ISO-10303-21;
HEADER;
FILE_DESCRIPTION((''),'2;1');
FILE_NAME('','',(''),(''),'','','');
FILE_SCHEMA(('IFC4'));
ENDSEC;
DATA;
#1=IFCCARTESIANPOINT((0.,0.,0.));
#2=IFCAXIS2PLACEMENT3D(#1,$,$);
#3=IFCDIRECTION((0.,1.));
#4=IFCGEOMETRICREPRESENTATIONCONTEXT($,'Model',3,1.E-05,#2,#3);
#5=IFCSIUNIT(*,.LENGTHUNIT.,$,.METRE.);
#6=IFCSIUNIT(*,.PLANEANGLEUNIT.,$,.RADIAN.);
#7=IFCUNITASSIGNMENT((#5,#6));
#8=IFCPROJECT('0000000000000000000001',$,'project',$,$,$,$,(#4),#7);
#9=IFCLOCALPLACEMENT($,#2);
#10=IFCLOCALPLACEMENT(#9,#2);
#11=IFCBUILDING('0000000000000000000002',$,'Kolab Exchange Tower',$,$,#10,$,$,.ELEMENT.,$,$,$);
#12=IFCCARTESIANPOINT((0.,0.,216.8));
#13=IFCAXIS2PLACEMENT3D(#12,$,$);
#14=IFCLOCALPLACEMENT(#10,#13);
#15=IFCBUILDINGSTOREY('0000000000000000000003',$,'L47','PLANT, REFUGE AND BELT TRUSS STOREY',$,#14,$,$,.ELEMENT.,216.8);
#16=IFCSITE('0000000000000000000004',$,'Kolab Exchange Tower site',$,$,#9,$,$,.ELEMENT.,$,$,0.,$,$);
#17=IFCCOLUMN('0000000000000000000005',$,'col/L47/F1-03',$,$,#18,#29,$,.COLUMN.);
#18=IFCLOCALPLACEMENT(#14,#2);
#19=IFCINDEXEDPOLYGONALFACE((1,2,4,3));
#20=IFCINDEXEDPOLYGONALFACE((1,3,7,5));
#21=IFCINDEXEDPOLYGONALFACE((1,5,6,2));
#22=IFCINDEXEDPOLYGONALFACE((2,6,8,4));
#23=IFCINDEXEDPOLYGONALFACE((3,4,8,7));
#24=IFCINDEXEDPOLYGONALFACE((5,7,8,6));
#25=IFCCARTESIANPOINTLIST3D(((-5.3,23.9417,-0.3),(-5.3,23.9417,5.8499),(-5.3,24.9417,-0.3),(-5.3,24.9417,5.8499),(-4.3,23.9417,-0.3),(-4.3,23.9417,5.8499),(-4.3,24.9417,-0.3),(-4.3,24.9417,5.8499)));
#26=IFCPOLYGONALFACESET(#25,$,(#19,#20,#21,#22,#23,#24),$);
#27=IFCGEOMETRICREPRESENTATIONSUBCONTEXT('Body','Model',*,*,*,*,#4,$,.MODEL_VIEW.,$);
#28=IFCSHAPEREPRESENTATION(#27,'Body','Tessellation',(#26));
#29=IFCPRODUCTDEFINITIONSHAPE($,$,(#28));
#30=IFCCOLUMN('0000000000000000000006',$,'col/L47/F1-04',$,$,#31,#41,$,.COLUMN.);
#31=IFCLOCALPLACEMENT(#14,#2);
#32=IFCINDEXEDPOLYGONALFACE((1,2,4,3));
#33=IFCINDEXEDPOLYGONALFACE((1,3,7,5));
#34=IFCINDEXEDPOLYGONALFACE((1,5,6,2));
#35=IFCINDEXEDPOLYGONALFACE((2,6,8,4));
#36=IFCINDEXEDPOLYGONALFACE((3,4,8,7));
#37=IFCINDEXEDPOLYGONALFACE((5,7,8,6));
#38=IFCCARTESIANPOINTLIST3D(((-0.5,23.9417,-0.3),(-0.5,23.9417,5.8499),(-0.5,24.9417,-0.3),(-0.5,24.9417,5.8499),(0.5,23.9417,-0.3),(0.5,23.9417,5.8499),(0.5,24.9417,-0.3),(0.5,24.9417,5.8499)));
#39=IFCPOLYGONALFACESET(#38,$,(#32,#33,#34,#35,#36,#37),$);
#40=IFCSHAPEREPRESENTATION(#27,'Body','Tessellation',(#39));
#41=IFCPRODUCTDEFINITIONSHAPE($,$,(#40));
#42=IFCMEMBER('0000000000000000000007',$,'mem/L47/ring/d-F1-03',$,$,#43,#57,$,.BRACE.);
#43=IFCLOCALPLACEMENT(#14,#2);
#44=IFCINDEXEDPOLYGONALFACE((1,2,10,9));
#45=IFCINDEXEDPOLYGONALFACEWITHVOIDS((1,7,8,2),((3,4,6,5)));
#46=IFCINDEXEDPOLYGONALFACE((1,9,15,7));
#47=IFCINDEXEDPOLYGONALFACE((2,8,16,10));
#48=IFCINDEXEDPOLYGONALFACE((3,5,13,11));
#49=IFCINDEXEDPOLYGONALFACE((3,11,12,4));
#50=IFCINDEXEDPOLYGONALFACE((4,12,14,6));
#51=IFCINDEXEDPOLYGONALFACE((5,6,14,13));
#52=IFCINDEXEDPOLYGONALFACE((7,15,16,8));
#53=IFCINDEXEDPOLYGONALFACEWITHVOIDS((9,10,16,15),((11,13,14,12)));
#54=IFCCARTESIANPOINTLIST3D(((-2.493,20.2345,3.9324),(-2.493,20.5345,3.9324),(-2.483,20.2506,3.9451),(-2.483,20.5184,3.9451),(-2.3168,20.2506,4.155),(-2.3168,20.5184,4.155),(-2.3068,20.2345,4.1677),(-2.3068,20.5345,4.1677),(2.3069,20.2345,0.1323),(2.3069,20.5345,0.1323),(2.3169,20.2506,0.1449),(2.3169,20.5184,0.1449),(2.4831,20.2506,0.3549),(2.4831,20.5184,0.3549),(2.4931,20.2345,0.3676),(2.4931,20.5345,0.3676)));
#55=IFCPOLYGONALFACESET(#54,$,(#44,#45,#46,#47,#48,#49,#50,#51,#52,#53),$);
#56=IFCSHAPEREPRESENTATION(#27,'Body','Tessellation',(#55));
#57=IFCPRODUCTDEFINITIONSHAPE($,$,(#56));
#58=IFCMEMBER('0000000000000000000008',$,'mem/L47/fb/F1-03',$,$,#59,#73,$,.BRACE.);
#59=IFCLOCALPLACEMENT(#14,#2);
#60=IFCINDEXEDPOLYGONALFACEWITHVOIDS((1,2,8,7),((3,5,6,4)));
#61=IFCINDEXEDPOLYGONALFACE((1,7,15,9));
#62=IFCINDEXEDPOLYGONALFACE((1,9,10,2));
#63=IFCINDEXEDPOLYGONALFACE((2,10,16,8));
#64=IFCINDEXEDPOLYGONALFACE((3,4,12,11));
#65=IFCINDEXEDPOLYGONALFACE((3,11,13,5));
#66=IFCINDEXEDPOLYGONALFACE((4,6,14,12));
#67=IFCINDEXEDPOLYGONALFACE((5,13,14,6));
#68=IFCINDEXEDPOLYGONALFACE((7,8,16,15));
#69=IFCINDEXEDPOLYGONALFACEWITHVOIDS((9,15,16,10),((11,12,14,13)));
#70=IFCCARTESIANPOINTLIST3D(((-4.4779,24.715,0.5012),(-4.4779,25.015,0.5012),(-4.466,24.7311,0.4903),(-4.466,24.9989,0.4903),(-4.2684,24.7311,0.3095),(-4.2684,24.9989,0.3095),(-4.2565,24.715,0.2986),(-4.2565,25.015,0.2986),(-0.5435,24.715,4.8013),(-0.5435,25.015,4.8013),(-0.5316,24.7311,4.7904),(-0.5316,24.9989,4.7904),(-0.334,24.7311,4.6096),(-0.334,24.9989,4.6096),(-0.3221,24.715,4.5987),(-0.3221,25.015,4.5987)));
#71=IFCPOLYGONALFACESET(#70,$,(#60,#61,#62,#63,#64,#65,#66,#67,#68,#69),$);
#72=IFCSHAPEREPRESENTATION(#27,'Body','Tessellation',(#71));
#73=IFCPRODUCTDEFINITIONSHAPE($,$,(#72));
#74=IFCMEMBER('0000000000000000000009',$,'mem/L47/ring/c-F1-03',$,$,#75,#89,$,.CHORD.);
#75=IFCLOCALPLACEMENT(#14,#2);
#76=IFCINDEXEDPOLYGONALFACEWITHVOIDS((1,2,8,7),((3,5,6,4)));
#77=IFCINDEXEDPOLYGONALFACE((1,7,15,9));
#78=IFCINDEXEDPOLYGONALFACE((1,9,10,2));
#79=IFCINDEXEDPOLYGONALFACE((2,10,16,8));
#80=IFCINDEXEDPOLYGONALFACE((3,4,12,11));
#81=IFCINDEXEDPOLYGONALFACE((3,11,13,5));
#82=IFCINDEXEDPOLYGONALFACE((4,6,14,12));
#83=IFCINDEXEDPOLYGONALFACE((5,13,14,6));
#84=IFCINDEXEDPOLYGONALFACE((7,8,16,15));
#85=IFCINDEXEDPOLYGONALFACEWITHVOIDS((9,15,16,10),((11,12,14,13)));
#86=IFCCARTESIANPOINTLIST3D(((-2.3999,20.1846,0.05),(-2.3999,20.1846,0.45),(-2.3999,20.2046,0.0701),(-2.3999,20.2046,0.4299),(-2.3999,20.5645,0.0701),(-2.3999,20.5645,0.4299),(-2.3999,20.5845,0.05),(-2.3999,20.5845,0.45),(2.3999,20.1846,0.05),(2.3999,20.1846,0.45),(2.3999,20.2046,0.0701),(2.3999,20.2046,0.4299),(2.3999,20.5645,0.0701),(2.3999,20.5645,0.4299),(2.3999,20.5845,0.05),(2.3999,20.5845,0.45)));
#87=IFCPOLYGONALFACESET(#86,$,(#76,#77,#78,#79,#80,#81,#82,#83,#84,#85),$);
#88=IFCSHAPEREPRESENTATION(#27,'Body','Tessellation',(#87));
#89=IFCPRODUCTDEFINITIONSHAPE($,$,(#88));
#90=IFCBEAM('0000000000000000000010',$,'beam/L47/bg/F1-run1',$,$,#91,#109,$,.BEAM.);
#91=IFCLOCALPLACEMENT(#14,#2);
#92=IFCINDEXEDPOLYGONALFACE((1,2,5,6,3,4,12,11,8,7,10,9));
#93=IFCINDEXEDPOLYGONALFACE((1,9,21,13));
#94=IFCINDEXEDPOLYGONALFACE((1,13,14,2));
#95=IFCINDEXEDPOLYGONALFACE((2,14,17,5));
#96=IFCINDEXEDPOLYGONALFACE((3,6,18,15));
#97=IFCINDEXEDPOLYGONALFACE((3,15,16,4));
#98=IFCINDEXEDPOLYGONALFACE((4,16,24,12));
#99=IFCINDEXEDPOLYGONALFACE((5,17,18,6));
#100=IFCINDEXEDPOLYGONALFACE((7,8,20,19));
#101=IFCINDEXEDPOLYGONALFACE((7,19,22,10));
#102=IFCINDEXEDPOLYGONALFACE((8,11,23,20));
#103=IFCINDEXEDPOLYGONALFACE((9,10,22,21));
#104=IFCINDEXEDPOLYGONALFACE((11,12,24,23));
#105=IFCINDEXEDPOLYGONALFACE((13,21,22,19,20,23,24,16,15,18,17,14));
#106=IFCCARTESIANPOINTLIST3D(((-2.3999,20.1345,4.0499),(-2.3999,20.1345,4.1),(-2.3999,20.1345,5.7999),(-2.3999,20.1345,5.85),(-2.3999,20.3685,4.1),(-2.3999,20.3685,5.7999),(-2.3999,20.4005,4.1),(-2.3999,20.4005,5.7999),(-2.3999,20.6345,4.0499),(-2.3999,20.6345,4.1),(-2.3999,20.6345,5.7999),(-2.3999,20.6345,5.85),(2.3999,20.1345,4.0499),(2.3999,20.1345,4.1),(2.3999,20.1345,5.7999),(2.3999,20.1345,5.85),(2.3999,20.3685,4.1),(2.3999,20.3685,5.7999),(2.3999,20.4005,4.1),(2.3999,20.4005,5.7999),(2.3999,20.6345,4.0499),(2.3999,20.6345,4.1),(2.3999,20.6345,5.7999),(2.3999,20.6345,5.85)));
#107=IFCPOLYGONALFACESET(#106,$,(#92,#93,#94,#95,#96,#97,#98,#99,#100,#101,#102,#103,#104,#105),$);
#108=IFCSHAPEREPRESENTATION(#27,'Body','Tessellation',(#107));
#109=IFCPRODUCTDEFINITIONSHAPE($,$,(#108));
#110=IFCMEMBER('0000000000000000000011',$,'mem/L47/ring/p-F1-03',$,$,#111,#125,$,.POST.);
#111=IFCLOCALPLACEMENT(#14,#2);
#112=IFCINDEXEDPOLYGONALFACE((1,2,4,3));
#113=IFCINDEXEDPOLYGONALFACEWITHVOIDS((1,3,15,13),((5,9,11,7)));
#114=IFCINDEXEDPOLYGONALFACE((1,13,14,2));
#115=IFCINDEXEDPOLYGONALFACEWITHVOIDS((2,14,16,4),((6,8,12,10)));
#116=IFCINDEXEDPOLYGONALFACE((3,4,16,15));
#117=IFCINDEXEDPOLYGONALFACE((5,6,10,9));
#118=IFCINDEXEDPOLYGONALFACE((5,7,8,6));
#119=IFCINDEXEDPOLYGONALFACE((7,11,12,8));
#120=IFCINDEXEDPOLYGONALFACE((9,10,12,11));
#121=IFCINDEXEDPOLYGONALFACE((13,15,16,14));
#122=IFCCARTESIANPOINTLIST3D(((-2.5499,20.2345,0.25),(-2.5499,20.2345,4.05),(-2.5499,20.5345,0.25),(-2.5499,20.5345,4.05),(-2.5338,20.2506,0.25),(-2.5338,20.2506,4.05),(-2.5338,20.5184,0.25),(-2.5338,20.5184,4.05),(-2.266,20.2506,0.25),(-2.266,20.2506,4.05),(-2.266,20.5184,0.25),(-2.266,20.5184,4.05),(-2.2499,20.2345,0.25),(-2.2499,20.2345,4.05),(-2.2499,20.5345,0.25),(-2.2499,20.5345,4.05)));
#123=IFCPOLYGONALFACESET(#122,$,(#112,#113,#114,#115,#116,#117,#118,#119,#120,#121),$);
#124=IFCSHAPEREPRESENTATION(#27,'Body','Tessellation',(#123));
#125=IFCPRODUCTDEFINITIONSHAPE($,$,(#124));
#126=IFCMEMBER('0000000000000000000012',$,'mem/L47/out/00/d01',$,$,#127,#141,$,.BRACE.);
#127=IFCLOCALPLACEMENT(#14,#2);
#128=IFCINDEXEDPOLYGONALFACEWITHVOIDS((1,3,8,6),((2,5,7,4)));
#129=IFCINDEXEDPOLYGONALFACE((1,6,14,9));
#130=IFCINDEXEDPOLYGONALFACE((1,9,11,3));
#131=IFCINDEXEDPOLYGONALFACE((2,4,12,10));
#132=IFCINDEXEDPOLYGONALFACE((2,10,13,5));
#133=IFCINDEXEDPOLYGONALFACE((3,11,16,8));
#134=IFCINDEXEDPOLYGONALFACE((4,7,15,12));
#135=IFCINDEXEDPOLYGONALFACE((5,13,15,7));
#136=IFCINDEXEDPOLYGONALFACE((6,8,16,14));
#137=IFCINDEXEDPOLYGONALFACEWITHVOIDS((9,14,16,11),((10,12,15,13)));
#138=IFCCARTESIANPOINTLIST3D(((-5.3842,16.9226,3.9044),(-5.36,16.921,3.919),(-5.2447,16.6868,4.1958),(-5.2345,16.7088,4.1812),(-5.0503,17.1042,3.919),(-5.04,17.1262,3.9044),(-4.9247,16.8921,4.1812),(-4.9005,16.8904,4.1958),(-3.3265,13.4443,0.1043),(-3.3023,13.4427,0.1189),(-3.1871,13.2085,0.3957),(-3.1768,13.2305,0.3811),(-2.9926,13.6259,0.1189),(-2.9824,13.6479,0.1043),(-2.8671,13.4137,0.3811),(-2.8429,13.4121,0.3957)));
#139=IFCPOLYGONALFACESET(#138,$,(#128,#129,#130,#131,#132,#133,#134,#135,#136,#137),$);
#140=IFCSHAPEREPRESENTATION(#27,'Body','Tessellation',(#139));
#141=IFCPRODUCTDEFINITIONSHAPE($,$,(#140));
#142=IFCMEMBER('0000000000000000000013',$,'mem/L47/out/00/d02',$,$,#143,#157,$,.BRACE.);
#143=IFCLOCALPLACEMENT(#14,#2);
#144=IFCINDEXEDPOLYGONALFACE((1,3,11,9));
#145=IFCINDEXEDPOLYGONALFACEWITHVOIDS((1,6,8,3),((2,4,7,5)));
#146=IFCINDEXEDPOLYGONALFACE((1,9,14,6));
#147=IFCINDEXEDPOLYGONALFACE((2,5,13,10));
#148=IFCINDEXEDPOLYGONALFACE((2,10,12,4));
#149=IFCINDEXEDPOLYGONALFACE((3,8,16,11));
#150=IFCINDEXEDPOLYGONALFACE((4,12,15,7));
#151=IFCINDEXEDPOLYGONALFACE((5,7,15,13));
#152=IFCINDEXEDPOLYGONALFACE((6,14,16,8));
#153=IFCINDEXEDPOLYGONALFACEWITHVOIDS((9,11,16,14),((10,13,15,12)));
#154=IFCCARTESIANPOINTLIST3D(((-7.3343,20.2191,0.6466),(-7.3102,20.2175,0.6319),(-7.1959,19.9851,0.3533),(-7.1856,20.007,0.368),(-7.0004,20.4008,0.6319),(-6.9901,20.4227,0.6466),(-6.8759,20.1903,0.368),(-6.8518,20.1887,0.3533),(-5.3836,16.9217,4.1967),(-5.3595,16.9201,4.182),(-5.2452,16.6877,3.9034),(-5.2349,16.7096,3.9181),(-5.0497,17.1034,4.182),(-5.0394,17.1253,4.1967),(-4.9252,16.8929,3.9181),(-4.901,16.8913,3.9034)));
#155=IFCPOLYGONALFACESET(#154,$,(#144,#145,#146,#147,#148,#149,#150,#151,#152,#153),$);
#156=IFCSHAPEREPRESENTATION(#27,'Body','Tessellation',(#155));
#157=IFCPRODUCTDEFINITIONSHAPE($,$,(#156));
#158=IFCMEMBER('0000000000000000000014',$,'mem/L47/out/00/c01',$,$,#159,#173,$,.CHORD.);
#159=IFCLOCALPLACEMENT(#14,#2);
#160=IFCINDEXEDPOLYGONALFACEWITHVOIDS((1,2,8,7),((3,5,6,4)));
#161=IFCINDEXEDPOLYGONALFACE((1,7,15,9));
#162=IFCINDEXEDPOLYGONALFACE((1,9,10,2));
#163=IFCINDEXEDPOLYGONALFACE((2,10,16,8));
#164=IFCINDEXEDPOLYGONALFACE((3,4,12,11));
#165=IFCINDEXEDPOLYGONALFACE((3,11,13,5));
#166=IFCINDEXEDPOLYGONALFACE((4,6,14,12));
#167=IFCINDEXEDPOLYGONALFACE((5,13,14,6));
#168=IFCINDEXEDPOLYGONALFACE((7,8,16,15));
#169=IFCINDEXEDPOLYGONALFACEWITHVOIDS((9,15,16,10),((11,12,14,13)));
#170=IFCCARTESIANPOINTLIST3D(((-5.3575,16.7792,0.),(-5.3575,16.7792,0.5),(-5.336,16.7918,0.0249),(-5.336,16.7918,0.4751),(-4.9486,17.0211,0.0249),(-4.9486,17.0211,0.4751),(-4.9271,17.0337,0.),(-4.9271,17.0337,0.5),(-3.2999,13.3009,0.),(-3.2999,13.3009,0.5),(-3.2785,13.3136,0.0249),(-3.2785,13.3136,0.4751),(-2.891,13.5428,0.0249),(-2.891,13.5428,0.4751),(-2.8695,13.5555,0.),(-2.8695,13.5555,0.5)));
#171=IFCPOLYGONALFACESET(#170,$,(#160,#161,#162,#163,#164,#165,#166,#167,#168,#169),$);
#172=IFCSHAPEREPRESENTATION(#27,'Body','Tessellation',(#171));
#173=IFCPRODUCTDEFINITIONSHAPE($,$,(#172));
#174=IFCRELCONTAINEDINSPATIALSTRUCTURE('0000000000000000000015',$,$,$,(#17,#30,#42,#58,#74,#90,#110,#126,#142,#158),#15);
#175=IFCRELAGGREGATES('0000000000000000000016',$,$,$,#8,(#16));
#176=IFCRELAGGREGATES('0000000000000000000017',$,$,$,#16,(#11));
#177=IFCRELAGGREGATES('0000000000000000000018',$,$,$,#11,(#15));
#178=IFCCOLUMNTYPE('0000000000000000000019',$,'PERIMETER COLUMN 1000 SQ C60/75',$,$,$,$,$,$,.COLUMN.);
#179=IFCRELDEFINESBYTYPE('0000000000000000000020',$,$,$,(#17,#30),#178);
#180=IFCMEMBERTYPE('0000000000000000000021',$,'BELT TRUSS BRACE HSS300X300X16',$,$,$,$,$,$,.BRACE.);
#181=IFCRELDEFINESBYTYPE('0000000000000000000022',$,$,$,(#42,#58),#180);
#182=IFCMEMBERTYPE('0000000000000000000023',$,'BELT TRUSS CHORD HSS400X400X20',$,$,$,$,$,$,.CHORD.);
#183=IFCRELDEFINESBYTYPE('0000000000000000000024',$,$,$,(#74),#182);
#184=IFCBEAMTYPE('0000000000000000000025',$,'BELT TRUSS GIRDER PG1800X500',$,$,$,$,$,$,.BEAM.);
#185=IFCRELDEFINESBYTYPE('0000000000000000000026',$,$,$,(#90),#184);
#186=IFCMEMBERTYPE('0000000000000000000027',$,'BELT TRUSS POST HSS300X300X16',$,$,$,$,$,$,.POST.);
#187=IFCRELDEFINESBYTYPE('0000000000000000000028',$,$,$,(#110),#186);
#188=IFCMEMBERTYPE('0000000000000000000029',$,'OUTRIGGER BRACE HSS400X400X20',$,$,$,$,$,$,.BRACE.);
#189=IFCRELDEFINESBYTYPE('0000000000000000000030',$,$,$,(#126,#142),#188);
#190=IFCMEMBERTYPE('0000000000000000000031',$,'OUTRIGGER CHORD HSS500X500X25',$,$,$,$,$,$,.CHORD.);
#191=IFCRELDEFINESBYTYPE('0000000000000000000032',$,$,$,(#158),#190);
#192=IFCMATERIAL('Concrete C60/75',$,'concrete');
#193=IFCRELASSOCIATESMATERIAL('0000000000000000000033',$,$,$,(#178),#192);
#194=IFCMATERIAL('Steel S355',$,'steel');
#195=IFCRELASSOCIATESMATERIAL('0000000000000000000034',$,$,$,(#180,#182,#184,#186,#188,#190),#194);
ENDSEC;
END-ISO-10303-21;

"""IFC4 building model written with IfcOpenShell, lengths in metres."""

from ifc_helpers import new_model, si_unit, direction, frame, origin, origin_2d, place, context, subcontext, project, spatial, rectangle, hollow_rectangle, i_section, extrude, material, material_profile, profile_set, type_object, element, save


model = new_model("IFC4")

# Units and contexts
model_context = context("Model", 3, precision=1e-05, world=origin(), true_north=direction((0.0, 1.0)))
body_context = subcontext(model_context, "Body", "Model", "MODEL_VIEW")
ifc_project = project(units=[si_unit("LENGTHUNIT", "METRE"), si_unit("PLANEANGLEUNIT", "RADIAN")], contexts=[model_context])

# Site, building, storey
site_placement = place(None, origin())
site = spatial("IfcSite", under=ifc_project, at=site_placement, Name="Kolab Exchange Tower site", CompositionType="ELEMENT", RefElevation=0.0)
building_placement = place(site_placement, origin())
building = spatial("IfcBuilding", under=site, at=building_placement, Name="Kolab Exchange Tower", CompositionType="ELEMENT")
storey_placement = place(building_placement, frame((0.0, 0.0, 216.8)))
storey = spatial("IfcBuildingStorey", under=building, at=storey_placement, Name="L47", Description="PLANT, REFUGE AND BELT TRUSS STOREY", CompositionType="ELEMENT", Elevation=216.8)

# Columns
ifc_material_1 = material(Name="Concrete C60/75", Category="concrete")
ifc_material_profile_1 = material_profile(ifc_material_1, rectangle(XDim=1.0, YDim=1.0, at=origin_2d()), Name="RC1000")
ifc_profile_set_1 = profile_set([ifc_material_profile_1], Name="Concrete C60/75")
column_type = type_object("IfcColumnType", Name="PERIMETER COLUMN 1000 SQ C60/75", PredefinedType="COLUMN", material=ifc_profile_set_1)
for number, where, z_axis, x_axis, name in (
    (1, (-4.8, 24.4417, -0.3), (0.0, 0.0, 1.0), (1.0, 0.0, 0.0), "col/L47/F1-03"),
    (2, (0.0, 24.4417, -0.3), (0.0, 0.0, 1.0), (1.0, 0.0, 0.0), "col/L47/F1-04"),
):
    element("IfcColumn", number, at=place(storey_placement, frame(where, z_axis=z_axis, x_axis=x_axis)), inside=storey, type_object=column_type, Name=name, PredefinedType="COLUMN", context=body_context, shape_type="SweptSolid", body=[
        extrude(rectangle(XDim=1.0, YDim=1.0, at=origin_2d()), origin(), (0.0, 0.0, 1.0), 6.1499),
    ])

# Members
ifc_material_2 = material(Name="Steel S355", Category="steel")
ifc_material_profile_2 = material_profile(ifc_material_2, hollow_rectangle(XDim=0.3, YDim=0.3, WallThickness=0.0161, at=origin_2d()), Name="HSS300X300X16")
ifc_profile_set_2 = profile_set([ifc_material_profile_2], Name="Steel S355")
member_type_1 = type_object("IfcMemberType", Name="BELT TRUSS BRACE HSS300X300X16", PredefinedType="BRACE", material=ifc_profile_set_2)
member_1_placement = place(storey_placement, frame((-2.3999, 20.3845, 4.05), z_axis=(0.78403, 0.0, -0.620723), x_axis=(0.0, 1.0, 0.0)))
element("IfcMember", 3, at=member_1_placement, inside=storey, type_object=member_type_1, Name="mem/L47/ring/d-F1-03", PredefinedType="BRACE", context=body_context, shape_type="SweptSolid", body=[
    extrude(hollow_rectangle(XDim=0.3, YDim=0.3, WallThickness=0.0161, at=origin_2d()), origin(), (0.0, 0.0, 1.0), 6.1221),
])
member_2_placement = place(storey_placement, frame((-4.3672, 24.865, 0.3999), z_axis=(0.675036, 0.0, 0.737785), x_axis=(0.0, 1.0, 0.0)))
element("IfcMember", 4, at=member_2_placement, inside=storey, type_object=member_type_1, Name="mem/L47/fb/F1-03", PredefinedType="BRACE", context=body_context, shape_type="SweptSolid", body=[
    extrude(hollow_rectangle(XDim=0.3, YDim=0.3, WallThickness=0.0161, at=origin_2d()), origin(), (0.0, 0.0, 1.0), 5.8284),
])
ifc_material_profile_3 = material_profile(ifc_material_2, hollow_rectangle(XDim=0.3999, YDim=0.3999, WallThickness=0.02, at=origin_2d()), Name="HSS400X400X20")
ifc_profile_set_3 = profile_set([ifc_material_profile_3], Name="Steel S355")
member_type_2 = type_object("IfcMemberType", Name="BELT TRUSS CHORD HSS400X400X20", PredefinedType="CHORD", material=ifc_profile_set_3)
member_3_placement = place(storey_placement, frame((-2.3999, 20.3845, 0.25), z_axis=(1.0, 0.0, 0.0), x_axis=(0.0, 1.0, 0.0)))
element("IfcMember", 5, at=member_3_placement, inside=storey, type_object=member_type_2, Name="mem/L47/ring/c-F1-03", PredefinedType="CHORD", context=body_context, shape_type="SweptSolid", body=[
    extrude(hollow_rectangle(XDim=0.3999, YDim=0.3999, WallThickness=0.02, at=origin_2d()), origin(), (0.0, 0.0, 1.0), 4.7998),
])

# Beam
ifc_material_profile_4 = material_profile(ifc_material_2, i_section(OverallWidth=0.5, OverallDepth=1.8, WebThickness=0.032, FlangeThickness=0.05, at=origin_2d()), Name="PG1800X500")
ifc_profile_set_4 = profile_set([ifc_material_profile_4], Name="Steel S355")
beam_type_1 = type_object("IfcBeamType", Name="BELT TRUSS GIRDER PG1800X500", PredefinedType="BEAM", material=ifc_profile_set_4)
beam_1_placement = place(storey_placement, frame((-2.3999, 20.3845, 4.95), z_axis=(1.0, 0.0, 0.0), x_axis=(0.0, 1.0, 0.0)))
element("IfcBeam", 6, at=beam_1_placement, inside=storey, type_object=beam_type_1, Name="beam/L47/bg/F1-run1", PredefinedType="BEAM", context=body_context, shape_type="SweptSolid", body=[
    extrude(i_section(OverallWidth=0.5, OverallDepth=1.8, WebThickness=0.032, FlangeThickness=0.05, at=origin_2d()), origin(), (0.0, 0.0, 1.0), 4.7998),
])

# Members
ifc_material_profile_5 = material_profile(ifc_material_2, hollow_rectangle(XDim=0.3, YDim=0.3, WallThickness=0.0161, at=origin_2d()), Name="HSS300X300X16")
ifc_profile_set_5 = profile_set([ifc_material_profile_5], Name="Steel S355")
member_type_3 = type_object("IfcMemberType", Name="BELT TRUSS POST HSS300X300X16", PredefinedType="POST", material=ifc_profile_set_5)
member_4_placement = place(storey_placement, frame((-2.3999, 20.3845, 0.25), z_axis=(0.0, 0.0, 1.0), x_axis=(1.0, 0.0, 0.0)))
element("IfcMember", 7, at=member_4_placement, inside=storey, type_object=member_type_3, Name="mem/L47/ring/p-F1-03", PredefinedType="POST", context=body_context, shape_type="SweptSolid", body=[
    extrude(hollow_rectangle(XDim=0.3, YDim=0.3, WallThickness=0.0161, at=origin_2d()), origin(), (0.0, 0.0, 1.0), 3.8),
])
ifc_material_profile_6 = material_profile(ifc_material_2, hollow_rectangle(XDim=0.3999, YDim=0.3999, WallThickness=0.02, at=origin_2d()), Name="HSS400X400X20")
ifc_profile_set_6 = profile_set([ifc_material_profile_6], Name="Steel S355")
member_type_4 = type_object("IfcMemberType", Name="OUTRIGGER BRACE HSS400X400X20", PredefinedType="BRACE", material=ifc_profile_set_6)
member_5_placement = place(storey_placement, frame((-3.0847, 13.4282, 0.25), z_axis=(-0.370922, 0.627021, 0.685027), x_axis=(-0.86068, -0.509146, 0.0)))
element("IfcMember", 8, at=member_5_placement, inside=storey, type_object=member_type_4, Name="mem/L47/out/00/d01", PredefinedType="BRACE", context=body_context, shape_type="SweptSolid", body=[
    extrude(hollow_rectangle(XDim=0.3999, YDim=0.3999, WallThickness=0.02, at=origin_2d()), origin(), (0.0, 0.0, 1.0), 5.5474),
])
member_6_placement = place(storey_placement, frame((-5.1423, 16.9065, 4.05), z_axis=(-0.373473, 0.631306, -0.679684), x_axis=(-0.86067, -0.509163, 0.0)))
element("IfcMember", 9, at=member_6_placement, inside=storey, type_object=member_type_4, Name="mem/L47/out/00/d02", PredefinedType="BRACE", context=body_context, shape_type="SweptSolid", body=[
    extrude(hollow_rectangle(XDim=0.3999, YDim=0.3999, WallThickness=0.02, at=origin_2d()), origin(), (0.0, 0.0, 1.0), 5.2231),
])
ifc_material_profile_7 = material_profile(ifc_material_2, hollow_rectangle(XDim=0.5, YDim=0.5, WallThickness=0.0249, at=origin_2d()), Name="HSS500X500X25")
ifc_profile_set_7 = profile_set([ifc_material_profile_7], Name="Steel S355")
member_type_5 = type_object("IfcMemberType", Name="OUTRIGGER CHORD HSS500X500X25", PredefinedType="CHORD", material=ifc_profile_set_7)
member_7_placement = place(storey_placement, frame((-3.0847, 13.4282, 0.25), z_axis=(-0.509146, 0.86068, 0.0), x_axis=(-0.86068, -0.509146, 0.0)))
element("IfcMember", 10, at=member_7_placement, inside=storey, type_object=member_type_5, Name="mem/L47/out/00/c01", PredefinedType="CHORD", context=body_context, shape_type="SweptSolid", body=[
    extrude(hollow_rectangle(XDim=0.5, YDim=0.5, WallThickness=0.0249, at=origin_2d()), origin(), (0.0, 0.0, 1.0), 4.0413),
])

save(model, "model.ifc")
